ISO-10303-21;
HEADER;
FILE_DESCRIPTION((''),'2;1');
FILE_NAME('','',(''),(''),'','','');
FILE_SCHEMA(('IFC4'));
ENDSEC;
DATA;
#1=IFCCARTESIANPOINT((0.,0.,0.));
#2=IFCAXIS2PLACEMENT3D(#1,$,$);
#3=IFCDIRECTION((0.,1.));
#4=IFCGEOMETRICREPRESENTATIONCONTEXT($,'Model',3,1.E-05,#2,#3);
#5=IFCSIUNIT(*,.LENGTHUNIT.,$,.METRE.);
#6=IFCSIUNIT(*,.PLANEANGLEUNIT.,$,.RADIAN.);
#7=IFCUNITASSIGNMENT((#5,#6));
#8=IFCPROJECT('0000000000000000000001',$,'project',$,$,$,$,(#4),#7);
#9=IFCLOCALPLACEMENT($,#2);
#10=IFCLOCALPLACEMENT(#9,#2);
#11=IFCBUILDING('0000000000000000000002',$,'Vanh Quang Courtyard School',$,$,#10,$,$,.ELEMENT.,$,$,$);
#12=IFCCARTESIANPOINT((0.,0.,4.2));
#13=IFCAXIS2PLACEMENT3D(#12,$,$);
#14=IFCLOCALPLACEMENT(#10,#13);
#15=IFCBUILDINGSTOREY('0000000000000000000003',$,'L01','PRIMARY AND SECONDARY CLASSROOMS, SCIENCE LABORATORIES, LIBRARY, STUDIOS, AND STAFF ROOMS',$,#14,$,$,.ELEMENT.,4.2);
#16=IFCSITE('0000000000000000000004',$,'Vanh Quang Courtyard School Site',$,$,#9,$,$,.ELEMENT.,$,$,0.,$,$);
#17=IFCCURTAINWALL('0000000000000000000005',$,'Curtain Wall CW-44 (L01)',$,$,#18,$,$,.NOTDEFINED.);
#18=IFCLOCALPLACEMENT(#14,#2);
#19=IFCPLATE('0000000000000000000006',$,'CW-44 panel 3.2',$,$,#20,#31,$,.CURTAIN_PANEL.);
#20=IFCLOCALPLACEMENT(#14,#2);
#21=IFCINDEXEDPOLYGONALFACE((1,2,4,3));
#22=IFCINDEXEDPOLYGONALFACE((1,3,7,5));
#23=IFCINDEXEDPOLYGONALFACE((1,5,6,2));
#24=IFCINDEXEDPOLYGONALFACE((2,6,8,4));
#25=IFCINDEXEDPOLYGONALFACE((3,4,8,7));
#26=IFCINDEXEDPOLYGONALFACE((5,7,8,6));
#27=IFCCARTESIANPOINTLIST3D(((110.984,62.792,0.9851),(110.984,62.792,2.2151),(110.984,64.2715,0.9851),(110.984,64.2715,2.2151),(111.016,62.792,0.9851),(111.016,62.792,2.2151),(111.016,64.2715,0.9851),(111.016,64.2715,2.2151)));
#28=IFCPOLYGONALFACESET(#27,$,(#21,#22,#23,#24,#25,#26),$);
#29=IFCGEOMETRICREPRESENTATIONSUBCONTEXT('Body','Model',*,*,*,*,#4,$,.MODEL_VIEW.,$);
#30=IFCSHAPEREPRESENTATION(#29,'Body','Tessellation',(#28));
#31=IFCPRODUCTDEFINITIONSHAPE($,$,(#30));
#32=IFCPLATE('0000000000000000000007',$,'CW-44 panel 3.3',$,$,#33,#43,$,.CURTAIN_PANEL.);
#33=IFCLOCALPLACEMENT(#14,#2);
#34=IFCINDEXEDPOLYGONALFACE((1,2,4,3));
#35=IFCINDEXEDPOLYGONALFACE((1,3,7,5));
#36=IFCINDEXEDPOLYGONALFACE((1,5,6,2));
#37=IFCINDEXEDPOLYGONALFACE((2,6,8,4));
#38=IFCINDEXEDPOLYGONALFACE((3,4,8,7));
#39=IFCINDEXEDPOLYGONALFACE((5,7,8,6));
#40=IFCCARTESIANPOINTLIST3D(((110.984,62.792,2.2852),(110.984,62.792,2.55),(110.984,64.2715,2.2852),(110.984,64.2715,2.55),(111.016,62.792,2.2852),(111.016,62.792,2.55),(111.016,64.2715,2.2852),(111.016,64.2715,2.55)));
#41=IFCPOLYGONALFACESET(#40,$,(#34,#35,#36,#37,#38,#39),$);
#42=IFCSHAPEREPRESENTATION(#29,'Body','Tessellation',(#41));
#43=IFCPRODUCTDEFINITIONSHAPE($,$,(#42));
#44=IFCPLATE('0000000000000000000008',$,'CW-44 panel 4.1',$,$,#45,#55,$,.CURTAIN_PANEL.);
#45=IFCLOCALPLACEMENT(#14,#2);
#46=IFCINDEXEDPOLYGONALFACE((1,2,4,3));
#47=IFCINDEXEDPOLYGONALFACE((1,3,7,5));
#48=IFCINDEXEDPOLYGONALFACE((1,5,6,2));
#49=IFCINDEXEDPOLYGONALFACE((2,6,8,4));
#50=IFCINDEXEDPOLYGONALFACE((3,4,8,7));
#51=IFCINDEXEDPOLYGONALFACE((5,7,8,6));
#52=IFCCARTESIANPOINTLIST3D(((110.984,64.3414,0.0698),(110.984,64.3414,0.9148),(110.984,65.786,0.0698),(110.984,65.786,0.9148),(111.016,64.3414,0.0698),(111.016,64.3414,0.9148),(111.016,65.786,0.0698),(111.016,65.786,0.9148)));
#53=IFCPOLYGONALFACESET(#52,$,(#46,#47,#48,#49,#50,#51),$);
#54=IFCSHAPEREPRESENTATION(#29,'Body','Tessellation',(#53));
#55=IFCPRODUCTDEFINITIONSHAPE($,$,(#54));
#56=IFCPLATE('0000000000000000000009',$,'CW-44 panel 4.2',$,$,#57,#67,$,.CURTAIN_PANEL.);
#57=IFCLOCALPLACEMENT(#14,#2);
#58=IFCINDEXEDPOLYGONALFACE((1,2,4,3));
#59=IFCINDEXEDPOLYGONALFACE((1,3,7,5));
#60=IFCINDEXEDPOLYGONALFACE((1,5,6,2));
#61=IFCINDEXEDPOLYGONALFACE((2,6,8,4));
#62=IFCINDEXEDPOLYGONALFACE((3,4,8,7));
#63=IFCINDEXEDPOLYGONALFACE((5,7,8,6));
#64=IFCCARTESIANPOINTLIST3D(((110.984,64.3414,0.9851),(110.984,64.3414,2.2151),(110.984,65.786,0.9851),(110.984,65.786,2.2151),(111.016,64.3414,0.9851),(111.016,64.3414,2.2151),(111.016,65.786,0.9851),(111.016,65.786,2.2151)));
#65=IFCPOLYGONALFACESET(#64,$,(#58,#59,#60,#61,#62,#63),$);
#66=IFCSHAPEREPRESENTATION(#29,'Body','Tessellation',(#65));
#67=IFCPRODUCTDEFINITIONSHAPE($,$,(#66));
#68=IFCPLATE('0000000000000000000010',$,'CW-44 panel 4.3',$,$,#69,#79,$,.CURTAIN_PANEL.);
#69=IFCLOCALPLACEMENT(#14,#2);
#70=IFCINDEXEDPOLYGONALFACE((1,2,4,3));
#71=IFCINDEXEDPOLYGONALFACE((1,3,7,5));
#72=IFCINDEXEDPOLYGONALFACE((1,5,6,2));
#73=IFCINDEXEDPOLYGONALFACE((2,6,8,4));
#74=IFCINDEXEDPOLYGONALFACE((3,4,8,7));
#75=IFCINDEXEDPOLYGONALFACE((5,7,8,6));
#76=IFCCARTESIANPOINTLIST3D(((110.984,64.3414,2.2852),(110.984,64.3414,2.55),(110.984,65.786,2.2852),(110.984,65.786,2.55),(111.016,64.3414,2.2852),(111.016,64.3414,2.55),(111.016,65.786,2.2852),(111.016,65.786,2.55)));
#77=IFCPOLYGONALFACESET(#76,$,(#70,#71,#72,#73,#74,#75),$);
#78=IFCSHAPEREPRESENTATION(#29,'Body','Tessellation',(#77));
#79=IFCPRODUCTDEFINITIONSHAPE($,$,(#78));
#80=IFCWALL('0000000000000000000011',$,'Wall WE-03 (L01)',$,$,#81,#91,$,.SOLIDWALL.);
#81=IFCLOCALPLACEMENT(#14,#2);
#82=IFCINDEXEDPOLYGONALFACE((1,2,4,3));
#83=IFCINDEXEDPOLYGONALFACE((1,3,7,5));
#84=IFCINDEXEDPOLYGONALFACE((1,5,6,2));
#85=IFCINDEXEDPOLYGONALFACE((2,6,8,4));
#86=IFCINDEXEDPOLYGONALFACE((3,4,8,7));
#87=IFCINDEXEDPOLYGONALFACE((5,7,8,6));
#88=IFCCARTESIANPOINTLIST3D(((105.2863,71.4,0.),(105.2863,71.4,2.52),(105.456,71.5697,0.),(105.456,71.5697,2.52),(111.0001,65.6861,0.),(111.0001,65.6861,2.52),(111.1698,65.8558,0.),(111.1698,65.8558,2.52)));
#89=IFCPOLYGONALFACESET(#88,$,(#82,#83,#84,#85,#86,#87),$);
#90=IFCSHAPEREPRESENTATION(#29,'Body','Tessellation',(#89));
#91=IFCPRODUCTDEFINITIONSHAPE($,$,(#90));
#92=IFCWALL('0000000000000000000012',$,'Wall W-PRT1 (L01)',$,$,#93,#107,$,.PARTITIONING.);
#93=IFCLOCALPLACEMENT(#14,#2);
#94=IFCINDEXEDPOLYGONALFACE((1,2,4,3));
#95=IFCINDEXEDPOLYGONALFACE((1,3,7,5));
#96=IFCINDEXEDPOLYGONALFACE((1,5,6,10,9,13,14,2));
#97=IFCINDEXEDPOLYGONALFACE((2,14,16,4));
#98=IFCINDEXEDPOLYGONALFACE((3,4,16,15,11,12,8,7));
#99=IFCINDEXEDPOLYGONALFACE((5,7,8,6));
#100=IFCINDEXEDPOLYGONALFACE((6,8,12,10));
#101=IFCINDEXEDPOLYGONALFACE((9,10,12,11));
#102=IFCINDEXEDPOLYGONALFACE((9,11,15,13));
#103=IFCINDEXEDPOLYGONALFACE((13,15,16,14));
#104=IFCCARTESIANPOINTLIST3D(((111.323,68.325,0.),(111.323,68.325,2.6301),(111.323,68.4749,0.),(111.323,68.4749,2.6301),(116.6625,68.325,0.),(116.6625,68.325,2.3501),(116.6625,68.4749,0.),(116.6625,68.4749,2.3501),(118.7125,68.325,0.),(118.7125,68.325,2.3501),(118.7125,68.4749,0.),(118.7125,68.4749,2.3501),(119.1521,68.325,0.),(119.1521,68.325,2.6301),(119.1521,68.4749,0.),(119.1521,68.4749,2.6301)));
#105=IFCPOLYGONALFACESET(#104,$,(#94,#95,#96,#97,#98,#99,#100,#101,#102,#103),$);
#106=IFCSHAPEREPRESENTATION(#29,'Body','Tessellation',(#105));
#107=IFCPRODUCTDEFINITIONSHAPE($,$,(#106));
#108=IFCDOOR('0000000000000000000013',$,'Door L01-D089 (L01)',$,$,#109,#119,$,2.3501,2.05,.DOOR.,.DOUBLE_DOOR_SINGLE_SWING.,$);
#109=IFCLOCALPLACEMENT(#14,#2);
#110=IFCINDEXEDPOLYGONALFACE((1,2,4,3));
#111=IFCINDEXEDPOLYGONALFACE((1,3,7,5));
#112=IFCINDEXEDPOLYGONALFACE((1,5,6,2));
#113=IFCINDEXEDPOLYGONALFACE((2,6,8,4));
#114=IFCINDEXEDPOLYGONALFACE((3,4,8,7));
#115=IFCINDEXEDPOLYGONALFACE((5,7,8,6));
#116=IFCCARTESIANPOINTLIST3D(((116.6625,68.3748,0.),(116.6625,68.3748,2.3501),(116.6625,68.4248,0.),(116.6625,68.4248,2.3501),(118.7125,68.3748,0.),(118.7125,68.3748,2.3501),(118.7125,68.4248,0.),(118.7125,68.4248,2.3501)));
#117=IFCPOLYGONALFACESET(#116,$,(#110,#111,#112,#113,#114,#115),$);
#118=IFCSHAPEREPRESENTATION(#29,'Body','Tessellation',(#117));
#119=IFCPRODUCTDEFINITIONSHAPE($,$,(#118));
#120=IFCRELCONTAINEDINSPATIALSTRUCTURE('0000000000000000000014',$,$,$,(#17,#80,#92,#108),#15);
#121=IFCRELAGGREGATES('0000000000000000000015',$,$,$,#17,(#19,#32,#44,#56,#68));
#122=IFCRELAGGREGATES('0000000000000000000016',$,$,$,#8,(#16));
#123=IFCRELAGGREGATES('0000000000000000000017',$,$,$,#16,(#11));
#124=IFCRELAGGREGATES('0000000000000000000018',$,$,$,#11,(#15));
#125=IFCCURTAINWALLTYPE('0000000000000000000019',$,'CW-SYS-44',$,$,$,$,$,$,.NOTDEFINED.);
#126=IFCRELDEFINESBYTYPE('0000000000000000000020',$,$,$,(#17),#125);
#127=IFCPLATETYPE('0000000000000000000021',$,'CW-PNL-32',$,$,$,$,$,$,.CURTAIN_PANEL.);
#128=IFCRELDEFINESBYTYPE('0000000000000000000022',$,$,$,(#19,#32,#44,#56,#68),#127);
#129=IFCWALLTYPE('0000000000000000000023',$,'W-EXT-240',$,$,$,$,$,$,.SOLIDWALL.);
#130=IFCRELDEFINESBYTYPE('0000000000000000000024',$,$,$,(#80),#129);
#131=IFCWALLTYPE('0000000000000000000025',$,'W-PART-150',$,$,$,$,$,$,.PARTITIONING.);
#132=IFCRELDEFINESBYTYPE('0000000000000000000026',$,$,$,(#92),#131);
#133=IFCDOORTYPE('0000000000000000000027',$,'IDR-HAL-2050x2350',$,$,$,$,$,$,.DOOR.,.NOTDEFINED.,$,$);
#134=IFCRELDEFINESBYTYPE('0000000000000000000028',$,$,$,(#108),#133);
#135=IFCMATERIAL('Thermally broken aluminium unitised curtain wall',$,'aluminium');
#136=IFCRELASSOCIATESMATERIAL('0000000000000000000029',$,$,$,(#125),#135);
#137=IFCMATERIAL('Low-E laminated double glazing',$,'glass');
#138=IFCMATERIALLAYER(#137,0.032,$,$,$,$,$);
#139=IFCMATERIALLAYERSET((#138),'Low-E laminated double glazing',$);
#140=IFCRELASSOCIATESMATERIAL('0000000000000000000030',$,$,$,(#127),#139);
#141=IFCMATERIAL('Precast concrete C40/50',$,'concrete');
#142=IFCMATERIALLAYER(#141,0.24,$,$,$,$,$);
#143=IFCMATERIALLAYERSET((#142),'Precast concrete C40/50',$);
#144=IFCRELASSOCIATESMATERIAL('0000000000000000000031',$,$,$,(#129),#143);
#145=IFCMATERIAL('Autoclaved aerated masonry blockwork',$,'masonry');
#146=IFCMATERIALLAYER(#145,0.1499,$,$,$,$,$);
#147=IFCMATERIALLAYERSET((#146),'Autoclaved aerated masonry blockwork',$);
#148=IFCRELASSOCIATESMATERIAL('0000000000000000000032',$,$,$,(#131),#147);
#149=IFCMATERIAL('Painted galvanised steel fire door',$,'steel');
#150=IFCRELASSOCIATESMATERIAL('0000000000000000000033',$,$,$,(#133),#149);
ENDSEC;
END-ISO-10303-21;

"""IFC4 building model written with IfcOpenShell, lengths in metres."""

from ifc_helpers import new_model, si_unit, direction, frame, frame_2d, origin, origin_2d, place, context, subcontext, project, spatial, rectangle, extrude, material, layer, layer_set, type_object, element, fill, aggregate, save


model = new_model("IFC4")

# Units and contexts
model_context = context("Model", 3, precision=1e-05, world=origin(), true_north=direction((0.0, 1.0)))
body_context = subcontext(model_context, "Body", "Model", "MODEL_VIEW")
ifc_project = project(units=[si_unit("LENGTHUNIT", "METRE"), si_unit("PLANEANGLEUNIT", "RADIAN")], contexts=[model_context])

# Site, building, storey
site_placement = place(None, origin())
site = spatial("IfcSite", under=ifc_project, at=site_placement, Name="Vanh Quang Courtyard School Site", CompositionType="ELEMENT", RefElevation=0.0)
building_placement = place(site_placement, origin())
building = spatial("IfcBuilding", under=site, at=building_placement, Name="Vanh Quang Courtyard School", CompositionType="ELEMENT")
storey_placement = place(building_placement, frame((0.0, 0.0, 4.2)))
storey = spatial("IfcBuildingStorey", under=building, at=storey_placement, Name="L01", Description="PRIMARY AND SECONDARY CLASSROOMS, SCIENCE LABORATORIES, LIBRARY, STUDIOS, AND STAFF ROOMS", CompositionType="ELEMENT", Elevation=4.2)

# Curtain wall
ifc_material_1 = material(Name="Thermally broken aluminium unitised curtain wall", Category="aluminium")
curtain_wall_type = type_object("IfcCurtainWallType", Name="CW-SYS-44", PredefinedType="NOTDEFINED", material=ifc_material_1)
curtain_wall_placement = place(storey_placement, origin())
curtain_wall = element("IfcCurtainWall", 1, at=curtain_wall_placement, inside=storey, type_object=curtain_wall_type, Name="Curtain Wall CW-44 (L01)", PredefinedType="NOTDEFINED")

# Plates
ifc_material_2 = material(Name="Low-E laminated double glazing", Category="glass")
ifc_layer_1 = layer(ifc_material_2, 0.032)
ifc_layer_set_1 = layer_set([ifc_layer_1], Name="Low-E laminated double glazing")
plate_type = type_object("IfcPlateType", Name="CW-PNL-32", PredefinedType="CURTAIN_PANEL", material=ifc_layer_set_1)
plate_1_placement = place(storey_placement, frame((111.0, 63.5317, 0.9851), z_axis=(0.0, 0.0, 1.0), x_axis=(0.0, 1.0, 0.0)))
plate_1 = element("IfcPlate", 2, at=plate_1_placement, type_object=plate_type, Name="CW-44 panel 3.2", PredefinedType="CURTAIN_PANEL", context=body_context, shape_type="SweptSolid", body=[
    extrude(rectangle(XDim=1.4795, YDim=0.032, at=origin_2d()), origin(), (0.0, 0.0, 1.0), 1.23),
])
plate_2_placement = place(storey_placement, frame((111.0, 63.5317, 2.2852), z_axis=(0.0, 0.0, 1.0), x_axis=(0.0, 1.0, 0.0)))
plate_2 = element("IfcPlate", 3, at=plate_2_placement, type_object=plate_type, Name="CW-44 panel 3.3", PredefinedType="CURTAIN_PANEL", context=body_context, shape_type="SweptSolid", body=[
    extrude(rectangle(XDim=1.4795, YDim=0.032, at=origin_2d()), origin(), (0.0, 0.0, 1.0), 0.2649),
])
plate_3_placement = place(storey_placement, frame((111.0, 65.0637, 0.0698), z_axis=(0.0, 0.0, 1.0), x_axis=(0.0, 1.0, 0.0)))
plate_3 = element("IfcPlate", 4, at=plate_3_placement, type_object=plate_type, Name="CW-44 panel 4.1", PredefinedType="CURTAIN_PANEL", context=body_context, shape_type="SweptSolid", body=[
    extrude(rectangle(XDim=1.4446, YDim=0.032, at=origin_2d()), origin(), (0.0, 0.0, 1.0), 0.845),
])
plate_4_placement = place(storey_placement, frame((111.0, 65.0637, 0.9851), z_axis=(0.0, 0.0, 1.0), x_axis=(0.0, 1.0, 0.0)))
plate_4 = element("IfcPlate", 5, at=plate_4_placement, type_object=plate_type, Name="CW-44 panel 4.2", PredefinedType="CURTAIN_PANEL", context=body_context, shape_type="SweptSolid", body=[
    extrude(rectangle(XDim=1.4446, YDim=0.032, at=origin_2d()), origin(), (0.0, 0.0, 1.0), 1.23),
])
plate_5_placement = place(storey_placement, frame((111.0, 65.0637, 2.2852), z_axis=(0.0, 0.0, 1.0), x_axis=(0.0, 1.0, 0.0)))
plate_5 = element("IfcPlate", 6, at=plate_5_placement, type_object=plate_type, Name="CW-44 panel 4.3", PredefinedType="CURTAIN_PANEL", context=body_context, shape_type="SweptSolid", body=[
    extrude(rectangle(XDim=1.4446, YDim=0.032, at=origin_2d()), origin(), (0.0, 0.0, 1.0), 0.2649),
])
aggregate(curtain_wall, [plate_1, plate_2, plate_3, plate_4, plate_5])

# Wall
ifc_material_3 = material(Name="Precast concrete C40/50", Category="concrete")
ifc_layer_2 = layer(ifc_material_3, 0.24)
ifc_layer_set_2 = layer_set([ifc_layer_2], Name="Precast concrete C40/50")
wall_type_1 = type_object("IfcWallType", Name="W-EXT-240", PredefinedType="SOLIDWALL", material=ifc_layer_set_2)
wall_1_placement = place(storey_placement, frame((111.085, 65.771, 0.0), z_axis=(0.0, 0.0, 1.0), x_axis=(-0.707107, 0.707107, 0.0)))
element("IfcWall", 7, at=wall_1_placement, inside=storey, type_object=wall_type_1, Name="Wall WE-03 (L01)", PredefinedType="SOLIDWALL", context=body_context, shape_type="SweptSolid", body=[
    extrude(rectangle(XDim=8.0806, YDim=0.24, at=frame_2d((4.0403, 0.0))), origin(), (0.0, 0.0, 1.0), 2.52),
])

# Wall, opening, door
ifc_material_4 = material(Name="Autoclaved aerated masonry blockwork", Category="masonry")
ifc_layer_3 = layer(ifc_material_4, 0.1499)
ifc_layer_set_3 = layer_set([ifc_layer_3], Name="Autoclaved aerated masonry blockwork")
wall_type_2 = type_object("IfcWallType", Name="W-PART-150", PredefinedType="PARTITIONING", material=ifc_layer_set_3)
wall_2_placement = place(storey_placement, frame((111.323, 68.3999, 0.0), z_axis=(0.0, 0.0, 1.0), x_axis=(1.0, 0.0, 0.0)))
wall_2 = element("IfcWall", 8, at=wall_2_placement, inside=storey, type_object=wall_type_2, Name="Wall W-PRT1 (L01)", PredefinedType="PARTITIONING", context=body_context, shape_type="SweptSolid", body=[
    extrude(rectangle(XDim=7.8291, YDim=0.1499, at=frame_2d((3.9146, 0.0))), origin(), (0.0, 0.0, 1.0), 2.6301),
])
opening_placement = place(wall_2_placement, frame((5.3396, 0.0, 0.0)))
opening = element("IfcOpeningElement", 9, at=opening_placement, cuts=wall_2, PredefinedType="OPENING", context=body_context, shape_type="SweptSolid", body=[
    extrude(rectangle(XDim=2.05, YDim=2.3501, at=frame_2d((1.0249, 1.175))), frame((0.0, 0.085, 0.0), z_axis=(0.0, -1.0, 0.0), x_axis=(1.0, 0.0, 0.0)), (0.0, 0.0, 1.0), 0.1699),
])
ifc_material_5 = material(Name="Painted galvanised steel fire door", Category="steel")
door_type = type_object("IfcDoorType", Name="IDR-HAL-2050x2350", OperationType="NOTDEFINED", PredefinedType="DOOR", material=ifc_material_5)
door_placement = place(opening_placement, origin())
door = element("IfcDoor", 10, at=door_placement, inside=storey, type_object=door_type, Name="Door L01-D089 (L01)", OperationType="DOUBLE_DOOR_SINGLE_SWING", OverallHeight=2.3501, OverallWidth=2.05, PredefinedType="DOOR", context=body_context, shape_type="SweptSolid", body=[
    extrude(rectangle(XDim=2.05, YDim=2.3501, at=frame_2d((1.0249, 1.175))), frame((0.0, 0.0249, 0.0), z_axis=(0.0, -1.0, 0.0), x_axis=(1.0, 0.0, 0.0)), (0.0, 0.0, 1.0), 0.05),
])
fill(opening, door)

save(model, "model.ifc")
